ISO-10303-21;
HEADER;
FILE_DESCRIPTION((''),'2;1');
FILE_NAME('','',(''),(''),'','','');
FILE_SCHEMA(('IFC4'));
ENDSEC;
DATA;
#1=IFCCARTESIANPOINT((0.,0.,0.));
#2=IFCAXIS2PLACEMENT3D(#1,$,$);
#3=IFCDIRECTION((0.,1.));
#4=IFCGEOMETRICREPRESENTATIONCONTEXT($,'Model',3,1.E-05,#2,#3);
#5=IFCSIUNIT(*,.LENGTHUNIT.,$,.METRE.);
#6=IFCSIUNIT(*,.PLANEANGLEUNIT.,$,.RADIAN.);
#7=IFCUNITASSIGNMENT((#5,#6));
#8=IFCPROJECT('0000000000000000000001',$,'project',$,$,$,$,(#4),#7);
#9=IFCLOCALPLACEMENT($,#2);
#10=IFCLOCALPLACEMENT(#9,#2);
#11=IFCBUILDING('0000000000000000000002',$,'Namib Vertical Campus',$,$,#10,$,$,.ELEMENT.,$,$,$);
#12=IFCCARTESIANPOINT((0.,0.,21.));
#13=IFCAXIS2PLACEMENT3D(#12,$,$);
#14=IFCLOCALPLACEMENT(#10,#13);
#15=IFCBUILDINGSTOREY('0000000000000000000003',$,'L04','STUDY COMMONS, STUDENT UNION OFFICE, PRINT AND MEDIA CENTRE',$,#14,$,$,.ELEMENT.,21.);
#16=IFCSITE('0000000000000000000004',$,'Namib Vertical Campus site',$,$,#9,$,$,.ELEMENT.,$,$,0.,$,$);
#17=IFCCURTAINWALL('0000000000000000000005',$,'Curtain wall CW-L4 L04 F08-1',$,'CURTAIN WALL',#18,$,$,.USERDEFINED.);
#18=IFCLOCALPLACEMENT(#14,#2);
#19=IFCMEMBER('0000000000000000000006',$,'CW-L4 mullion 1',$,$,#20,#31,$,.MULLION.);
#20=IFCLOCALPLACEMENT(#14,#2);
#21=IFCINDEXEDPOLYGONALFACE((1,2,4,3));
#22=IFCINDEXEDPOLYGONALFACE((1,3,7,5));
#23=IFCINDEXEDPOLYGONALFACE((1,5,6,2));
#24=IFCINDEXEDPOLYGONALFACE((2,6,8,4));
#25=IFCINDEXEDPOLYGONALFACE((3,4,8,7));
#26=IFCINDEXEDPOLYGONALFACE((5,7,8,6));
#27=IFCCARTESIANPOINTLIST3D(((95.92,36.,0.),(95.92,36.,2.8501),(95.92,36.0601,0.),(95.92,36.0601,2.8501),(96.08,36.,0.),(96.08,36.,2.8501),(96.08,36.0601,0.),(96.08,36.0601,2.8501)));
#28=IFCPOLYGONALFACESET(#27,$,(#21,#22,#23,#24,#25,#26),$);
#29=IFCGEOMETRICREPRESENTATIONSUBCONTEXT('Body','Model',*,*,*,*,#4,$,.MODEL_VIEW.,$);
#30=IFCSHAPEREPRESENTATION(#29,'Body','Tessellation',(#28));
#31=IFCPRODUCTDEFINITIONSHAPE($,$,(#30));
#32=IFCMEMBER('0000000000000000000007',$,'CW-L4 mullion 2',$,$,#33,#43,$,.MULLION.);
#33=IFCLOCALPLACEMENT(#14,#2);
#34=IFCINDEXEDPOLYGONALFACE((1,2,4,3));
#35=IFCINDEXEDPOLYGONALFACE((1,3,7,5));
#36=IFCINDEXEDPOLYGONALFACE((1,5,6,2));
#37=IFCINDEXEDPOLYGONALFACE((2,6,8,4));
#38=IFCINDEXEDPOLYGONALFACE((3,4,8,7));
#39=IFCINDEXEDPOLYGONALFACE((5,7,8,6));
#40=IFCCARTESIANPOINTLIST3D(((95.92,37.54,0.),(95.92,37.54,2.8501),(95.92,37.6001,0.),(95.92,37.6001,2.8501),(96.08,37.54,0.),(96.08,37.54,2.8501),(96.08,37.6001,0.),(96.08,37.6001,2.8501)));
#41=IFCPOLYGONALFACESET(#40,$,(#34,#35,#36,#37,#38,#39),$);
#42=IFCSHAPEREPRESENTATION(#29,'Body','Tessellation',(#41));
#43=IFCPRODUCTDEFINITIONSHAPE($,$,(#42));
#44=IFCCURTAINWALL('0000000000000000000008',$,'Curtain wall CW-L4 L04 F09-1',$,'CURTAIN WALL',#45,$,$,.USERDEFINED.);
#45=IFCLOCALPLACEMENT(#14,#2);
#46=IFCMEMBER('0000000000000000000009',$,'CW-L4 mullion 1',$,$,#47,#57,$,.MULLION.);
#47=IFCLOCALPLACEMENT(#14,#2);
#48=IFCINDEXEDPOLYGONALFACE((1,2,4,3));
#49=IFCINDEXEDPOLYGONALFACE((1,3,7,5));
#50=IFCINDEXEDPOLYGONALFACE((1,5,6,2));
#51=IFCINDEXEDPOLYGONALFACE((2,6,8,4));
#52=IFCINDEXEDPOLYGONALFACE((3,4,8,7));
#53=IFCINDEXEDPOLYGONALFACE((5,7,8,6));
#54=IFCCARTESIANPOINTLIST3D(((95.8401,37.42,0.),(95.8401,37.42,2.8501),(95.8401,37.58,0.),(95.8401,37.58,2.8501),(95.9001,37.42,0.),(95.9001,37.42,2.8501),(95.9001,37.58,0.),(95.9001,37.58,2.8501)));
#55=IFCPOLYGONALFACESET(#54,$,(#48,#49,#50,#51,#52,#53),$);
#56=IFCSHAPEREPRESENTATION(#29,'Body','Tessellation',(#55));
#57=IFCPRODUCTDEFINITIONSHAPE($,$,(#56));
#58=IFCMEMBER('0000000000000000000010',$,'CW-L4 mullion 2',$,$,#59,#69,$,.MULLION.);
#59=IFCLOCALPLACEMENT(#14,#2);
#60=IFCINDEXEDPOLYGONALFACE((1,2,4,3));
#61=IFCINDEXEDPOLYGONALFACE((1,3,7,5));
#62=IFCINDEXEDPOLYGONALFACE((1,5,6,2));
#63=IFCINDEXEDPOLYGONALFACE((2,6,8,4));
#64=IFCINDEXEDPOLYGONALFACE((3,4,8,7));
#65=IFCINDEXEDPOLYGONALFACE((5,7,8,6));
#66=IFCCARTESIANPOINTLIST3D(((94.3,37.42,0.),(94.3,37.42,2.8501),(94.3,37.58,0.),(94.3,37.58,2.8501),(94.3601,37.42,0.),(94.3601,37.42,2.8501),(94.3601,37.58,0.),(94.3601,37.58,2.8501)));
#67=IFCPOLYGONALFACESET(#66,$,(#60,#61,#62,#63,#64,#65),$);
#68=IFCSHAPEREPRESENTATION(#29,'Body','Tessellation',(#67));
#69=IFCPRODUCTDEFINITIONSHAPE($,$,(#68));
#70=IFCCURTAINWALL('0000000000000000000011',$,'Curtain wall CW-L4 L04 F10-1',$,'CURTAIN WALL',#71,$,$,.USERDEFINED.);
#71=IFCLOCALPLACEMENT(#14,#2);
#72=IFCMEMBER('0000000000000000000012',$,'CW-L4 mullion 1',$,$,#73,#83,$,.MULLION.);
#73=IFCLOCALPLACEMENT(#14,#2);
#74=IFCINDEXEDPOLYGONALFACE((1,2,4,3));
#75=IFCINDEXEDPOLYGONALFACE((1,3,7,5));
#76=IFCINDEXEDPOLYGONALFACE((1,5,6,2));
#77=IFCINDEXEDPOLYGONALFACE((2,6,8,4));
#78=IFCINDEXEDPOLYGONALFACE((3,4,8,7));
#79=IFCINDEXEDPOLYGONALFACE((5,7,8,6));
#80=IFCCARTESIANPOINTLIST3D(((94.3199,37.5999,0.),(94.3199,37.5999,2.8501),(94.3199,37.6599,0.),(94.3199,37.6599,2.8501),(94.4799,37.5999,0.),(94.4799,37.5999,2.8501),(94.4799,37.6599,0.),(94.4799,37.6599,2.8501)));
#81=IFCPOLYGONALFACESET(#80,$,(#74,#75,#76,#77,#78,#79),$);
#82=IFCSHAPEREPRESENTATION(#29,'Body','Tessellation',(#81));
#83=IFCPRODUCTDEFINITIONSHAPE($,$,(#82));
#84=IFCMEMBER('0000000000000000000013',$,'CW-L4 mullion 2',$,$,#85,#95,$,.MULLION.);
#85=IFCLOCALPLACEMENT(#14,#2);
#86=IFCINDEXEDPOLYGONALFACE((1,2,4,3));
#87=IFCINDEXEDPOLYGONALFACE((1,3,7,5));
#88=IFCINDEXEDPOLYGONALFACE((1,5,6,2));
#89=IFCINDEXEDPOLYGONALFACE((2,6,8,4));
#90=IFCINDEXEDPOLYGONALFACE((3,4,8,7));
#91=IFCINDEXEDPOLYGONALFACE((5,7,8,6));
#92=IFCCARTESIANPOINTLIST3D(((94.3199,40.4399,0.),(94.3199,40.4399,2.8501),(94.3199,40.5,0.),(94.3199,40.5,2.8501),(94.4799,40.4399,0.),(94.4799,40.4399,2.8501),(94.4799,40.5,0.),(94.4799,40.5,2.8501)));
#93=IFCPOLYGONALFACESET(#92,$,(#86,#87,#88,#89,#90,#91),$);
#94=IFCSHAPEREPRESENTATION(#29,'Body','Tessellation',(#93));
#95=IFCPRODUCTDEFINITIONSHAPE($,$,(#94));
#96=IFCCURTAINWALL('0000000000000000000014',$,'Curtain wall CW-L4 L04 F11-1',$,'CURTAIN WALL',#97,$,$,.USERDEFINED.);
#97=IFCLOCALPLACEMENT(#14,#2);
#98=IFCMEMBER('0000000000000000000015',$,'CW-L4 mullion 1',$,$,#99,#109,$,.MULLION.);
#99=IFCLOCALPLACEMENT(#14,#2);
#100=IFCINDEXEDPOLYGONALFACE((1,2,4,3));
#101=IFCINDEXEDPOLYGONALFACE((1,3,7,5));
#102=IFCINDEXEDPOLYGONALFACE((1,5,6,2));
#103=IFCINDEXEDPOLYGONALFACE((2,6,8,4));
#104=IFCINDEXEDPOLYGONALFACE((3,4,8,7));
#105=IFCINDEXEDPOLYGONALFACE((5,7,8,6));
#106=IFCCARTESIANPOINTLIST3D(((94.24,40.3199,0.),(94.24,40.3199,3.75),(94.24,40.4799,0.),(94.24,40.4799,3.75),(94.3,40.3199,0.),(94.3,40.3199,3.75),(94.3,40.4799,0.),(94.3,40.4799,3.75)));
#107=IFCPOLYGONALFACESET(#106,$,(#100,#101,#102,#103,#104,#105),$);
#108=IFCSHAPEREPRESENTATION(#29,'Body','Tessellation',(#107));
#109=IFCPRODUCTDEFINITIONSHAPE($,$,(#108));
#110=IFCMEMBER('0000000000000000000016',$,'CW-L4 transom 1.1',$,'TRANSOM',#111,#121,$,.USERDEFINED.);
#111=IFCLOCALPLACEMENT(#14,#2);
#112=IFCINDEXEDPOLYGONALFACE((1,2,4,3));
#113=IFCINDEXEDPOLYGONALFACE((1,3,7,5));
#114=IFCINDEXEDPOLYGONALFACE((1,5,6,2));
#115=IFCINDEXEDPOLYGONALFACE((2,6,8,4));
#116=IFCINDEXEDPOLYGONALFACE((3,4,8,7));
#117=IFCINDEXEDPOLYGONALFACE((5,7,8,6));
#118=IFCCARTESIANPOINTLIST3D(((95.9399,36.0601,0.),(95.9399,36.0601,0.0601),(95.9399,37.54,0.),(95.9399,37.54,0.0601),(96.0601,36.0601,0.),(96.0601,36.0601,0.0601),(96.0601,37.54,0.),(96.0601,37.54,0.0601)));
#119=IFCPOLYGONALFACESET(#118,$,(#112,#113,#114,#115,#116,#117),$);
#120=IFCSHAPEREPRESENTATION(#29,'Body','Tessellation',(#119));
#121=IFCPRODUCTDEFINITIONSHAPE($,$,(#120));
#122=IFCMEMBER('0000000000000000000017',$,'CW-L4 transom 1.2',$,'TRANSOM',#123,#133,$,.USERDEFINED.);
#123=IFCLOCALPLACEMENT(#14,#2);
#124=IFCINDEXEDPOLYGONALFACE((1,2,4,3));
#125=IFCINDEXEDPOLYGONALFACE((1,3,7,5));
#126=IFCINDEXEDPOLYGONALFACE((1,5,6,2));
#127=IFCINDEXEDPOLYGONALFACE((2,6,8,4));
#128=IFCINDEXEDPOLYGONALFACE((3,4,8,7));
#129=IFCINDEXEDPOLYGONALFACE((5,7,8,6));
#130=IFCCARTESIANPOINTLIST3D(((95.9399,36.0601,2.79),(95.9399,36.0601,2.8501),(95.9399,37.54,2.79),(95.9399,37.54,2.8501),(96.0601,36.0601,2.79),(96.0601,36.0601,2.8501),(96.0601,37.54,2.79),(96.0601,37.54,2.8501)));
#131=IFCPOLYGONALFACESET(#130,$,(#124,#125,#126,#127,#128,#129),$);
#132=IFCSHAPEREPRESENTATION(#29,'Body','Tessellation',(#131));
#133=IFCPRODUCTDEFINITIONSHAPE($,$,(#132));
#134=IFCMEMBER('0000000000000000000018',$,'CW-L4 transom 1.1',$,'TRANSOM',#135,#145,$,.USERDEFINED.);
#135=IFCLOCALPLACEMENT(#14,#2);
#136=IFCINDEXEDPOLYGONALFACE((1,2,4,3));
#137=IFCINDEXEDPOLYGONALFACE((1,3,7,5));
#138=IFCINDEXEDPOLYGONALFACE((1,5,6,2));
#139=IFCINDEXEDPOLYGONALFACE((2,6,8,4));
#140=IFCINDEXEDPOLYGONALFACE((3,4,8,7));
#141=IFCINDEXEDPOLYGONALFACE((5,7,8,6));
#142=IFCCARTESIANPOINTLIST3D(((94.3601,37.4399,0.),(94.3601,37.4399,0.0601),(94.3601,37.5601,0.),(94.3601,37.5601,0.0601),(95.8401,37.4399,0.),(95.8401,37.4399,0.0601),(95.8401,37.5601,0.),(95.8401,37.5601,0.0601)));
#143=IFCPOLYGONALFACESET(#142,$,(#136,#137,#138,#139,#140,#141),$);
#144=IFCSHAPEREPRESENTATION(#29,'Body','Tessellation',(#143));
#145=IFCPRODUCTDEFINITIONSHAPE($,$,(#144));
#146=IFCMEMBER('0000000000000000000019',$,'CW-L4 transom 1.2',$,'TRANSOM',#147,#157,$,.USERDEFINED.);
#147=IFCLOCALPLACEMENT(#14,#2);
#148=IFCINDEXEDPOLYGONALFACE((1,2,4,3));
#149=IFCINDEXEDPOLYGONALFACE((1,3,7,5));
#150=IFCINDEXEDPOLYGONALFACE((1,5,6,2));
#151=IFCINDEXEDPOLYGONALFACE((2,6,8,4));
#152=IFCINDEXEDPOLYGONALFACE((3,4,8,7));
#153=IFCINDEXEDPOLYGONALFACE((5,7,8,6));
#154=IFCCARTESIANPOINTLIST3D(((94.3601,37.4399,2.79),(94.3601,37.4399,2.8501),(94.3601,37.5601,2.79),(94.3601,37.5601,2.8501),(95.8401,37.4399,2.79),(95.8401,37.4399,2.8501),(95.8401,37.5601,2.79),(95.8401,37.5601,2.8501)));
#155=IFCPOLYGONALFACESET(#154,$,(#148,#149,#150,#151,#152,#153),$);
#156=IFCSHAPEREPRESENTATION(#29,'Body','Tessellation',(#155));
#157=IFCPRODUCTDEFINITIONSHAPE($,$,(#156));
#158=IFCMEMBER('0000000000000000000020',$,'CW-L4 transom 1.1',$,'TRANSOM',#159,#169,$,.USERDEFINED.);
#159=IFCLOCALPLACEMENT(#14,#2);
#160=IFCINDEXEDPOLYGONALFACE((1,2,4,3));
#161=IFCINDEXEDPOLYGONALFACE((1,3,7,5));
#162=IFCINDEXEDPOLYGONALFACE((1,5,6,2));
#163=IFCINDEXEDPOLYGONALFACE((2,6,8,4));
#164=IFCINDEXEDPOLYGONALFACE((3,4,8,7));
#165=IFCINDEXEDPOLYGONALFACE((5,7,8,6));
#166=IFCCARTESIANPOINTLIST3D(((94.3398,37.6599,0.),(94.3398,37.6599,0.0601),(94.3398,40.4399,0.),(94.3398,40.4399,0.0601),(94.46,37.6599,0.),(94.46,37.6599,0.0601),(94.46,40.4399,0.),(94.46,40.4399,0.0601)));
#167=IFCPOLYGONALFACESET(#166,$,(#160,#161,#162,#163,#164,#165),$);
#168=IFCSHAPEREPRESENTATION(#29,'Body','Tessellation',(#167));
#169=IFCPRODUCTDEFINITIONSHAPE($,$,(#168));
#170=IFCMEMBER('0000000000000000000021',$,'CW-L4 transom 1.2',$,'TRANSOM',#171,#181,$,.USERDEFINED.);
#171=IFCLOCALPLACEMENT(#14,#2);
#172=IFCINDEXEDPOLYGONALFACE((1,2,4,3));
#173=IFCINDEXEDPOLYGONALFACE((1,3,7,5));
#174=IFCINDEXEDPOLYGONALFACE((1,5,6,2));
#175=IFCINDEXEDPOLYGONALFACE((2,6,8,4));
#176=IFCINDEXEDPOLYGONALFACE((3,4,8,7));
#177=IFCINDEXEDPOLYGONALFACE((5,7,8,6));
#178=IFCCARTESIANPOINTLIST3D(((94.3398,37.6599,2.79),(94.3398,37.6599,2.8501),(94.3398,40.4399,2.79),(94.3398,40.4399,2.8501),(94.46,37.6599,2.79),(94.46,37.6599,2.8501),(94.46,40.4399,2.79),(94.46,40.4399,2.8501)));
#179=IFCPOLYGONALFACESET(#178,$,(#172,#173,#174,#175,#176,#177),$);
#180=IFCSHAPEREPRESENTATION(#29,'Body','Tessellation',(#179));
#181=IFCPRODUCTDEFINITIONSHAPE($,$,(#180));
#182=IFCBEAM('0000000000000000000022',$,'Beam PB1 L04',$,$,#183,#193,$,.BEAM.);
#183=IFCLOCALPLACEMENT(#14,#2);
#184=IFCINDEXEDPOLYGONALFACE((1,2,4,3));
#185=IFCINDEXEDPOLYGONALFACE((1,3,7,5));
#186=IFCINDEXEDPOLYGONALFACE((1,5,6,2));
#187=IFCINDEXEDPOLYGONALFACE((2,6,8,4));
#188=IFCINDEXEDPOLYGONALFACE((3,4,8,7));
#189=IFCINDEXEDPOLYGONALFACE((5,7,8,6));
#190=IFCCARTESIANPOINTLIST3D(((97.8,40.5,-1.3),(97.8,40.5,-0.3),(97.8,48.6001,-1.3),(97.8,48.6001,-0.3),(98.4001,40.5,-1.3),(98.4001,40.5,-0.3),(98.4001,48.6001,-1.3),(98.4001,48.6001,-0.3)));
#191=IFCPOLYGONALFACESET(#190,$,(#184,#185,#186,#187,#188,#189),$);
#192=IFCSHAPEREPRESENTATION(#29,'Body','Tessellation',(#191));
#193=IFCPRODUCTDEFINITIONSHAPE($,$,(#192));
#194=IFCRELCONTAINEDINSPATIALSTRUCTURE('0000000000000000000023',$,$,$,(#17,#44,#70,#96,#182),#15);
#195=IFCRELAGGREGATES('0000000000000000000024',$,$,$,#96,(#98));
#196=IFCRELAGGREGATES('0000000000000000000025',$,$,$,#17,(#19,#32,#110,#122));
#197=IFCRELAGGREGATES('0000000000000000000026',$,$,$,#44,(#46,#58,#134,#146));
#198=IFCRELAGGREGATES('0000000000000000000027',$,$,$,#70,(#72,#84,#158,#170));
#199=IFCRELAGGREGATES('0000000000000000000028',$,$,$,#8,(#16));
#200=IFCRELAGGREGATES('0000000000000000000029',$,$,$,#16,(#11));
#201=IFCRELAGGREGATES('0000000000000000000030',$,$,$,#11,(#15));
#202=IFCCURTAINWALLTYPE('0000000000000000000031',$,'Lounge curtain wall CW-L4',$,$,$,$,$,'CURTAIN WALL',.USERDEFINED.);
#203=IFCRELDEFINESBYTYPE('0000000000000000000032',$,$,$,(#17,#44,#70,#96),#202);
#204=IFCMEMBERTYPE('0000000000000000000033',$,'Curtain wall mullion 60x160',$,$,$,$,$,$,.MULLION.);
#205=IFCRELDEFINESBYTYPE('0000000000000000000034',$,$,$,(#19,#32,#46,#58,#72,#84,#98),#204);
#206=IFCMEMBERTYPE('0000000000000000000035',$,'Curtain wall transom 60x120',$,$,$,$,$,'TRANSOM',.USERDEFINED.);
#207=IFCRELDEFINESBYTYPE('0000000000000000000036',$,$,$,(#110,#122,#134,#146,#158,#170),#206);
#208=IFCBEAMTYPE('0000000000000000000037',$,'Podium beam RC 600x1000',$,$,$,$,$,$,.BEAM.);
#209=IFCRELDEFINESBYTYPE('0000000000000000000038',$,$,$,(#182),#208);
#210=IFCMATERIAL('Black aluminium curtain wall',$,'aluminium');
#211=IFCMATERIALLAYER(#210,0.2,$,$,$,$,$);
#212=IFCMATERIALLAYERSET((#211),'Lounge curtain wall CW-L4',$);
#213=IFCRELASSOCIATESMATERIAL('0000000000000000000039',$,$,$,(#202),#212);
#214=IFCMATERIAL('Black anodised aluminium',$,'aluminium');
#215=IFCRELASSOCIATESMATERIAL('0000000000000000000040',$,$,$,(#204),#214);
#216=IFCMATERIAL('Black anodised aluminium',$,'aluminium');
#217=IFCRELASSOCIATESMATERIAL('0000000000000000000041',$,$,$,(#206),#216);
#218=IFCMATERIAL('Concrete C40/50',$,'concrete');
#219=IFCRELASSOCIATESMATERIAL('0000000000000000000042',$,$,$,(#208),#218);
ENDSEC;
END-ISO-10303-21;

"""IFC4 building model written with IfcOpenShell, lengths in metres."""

from ifc_helpers import new_model, si_unit, direction, frame, origin, origin_2d, place, context, subcontext, project, spatial, rectangle, extrude, material, layer, layer_set, material_profile, profile_set, type_object, element, aggregate, save


model = new_model("IFC4")

# Units and contexts
model_context = context("Model", 3, precision=1e-05, world=origin(), true_north=direction((0.0, 1.0)))
body_context = subcontext(model_context, "Body", "Model", "MODEL_VIEW")
ifc_project = project(units=[si_unit("LENGTHUNIT", "METRE"), si_unit("PLANEANGLEUNIT", "RADIAN")], contexts=[model_context])

# Site, building, storey
site_placement = place(None, origin())
site = spatial("IfcSite", under=ifc_project, at=site_placement, Name="Namib Vertical Campus site", CompositionType="ELEMENT", RefElevation=0.0)
building_placement = place(site_placement, origin())
building = spatial("IfcBuilding", under=site, at=building_placement, Name="Namib Vertical Campus", CompositionType="ELEMENT")
storey_placement = place(building_placement, frame((0.0, 0.0, 21.0)))
storey = spatial("IfcBuildingStorey", under=building, at=storey_placement, Name="L04", Description="STUDY COMMONS, STUDENT UNION OFFICE, PRINT AND MEDIA CENTRE", CompositionType="ELEMENT", Elevation=21.0)

# Curtain walls, members
ifc_material_1 = material(Name="Black aluminium curtain wall", Category="aluminium")
ifc_layer_1 = layer(ifc_material_1, 0.2)
ifc_layer_set_1 = layer_set([ifc_layer_1], Name="Lounge curtain wall CW-L4")
curtain_wall_type = type_object("IfcCurtainWallType", Name="Lounge curtain wall CW-L4", ElementType="CURTAIN WALL", PredefinedType="USERDEFINED", material=ifc_layer_set_1)
curtain_wall_1_placement = place(storey_placement, origin())
curtain_wall_1 = element("IfcCurtainWall", 1, at=curtain_wall_1_placement, inside=storey, type_object=curtain_wall_type, Name="Curtain wall CW-L4 L04 F08-1", ObjectType="CURTAIN WALL", PredefinedType="USERDEFINED")
ifc_material_2 = material(Name="Black anodised aluminium", Category="aluminium")
ifc_material_profile_1 = material_profile(ifc_material_2, rectangle(XDim=0.0601, YDim=0.1599, at=origin_2d()))
ifc_profile_set_1 = profile_set([ifc_material_profile_1], Name="Black anodised aluminium")
member_type_1 = type_object("IfcMemberType", Name="Curtain wall mullion 60x160", PredefinedType="MULLION", material=ifc_profile_set_1)
member_1_placement = place(storey_placement, frame((96.0, 36.03, 0.0), z_axis=(0.0, 0.0, 1.0), x_axis=(0.0, 1.0, 0.0)))
member_1 = element("IfcMember", 2, at=member_1_placement, type_object=member_type_1, Name="CW-L4 mullion 1", PredefinedType="MULLION", context=body_context, shape_type="SweptSolid", body=[
    extrude(rectangle(XDim=0.0601, YDim=0.1599, at=origin_2d()), origin(), (0.0, 0.0, 1.0), 2.8501),
])
member_2_placement = place(storey_placement, frame((96.0, 37.5701, 0.0), z_axis=(0.0, 0.0, 1.0), x_axis=(0.0, 1.0, 0.0)))
member_2 = element("IfcMember", 3, at=member_2_placement, type_object=member_type_1, Name="CW-L4 mullion 2", PredefinedType="MULLION", context=body_context, shape_type="SweptSolid", body=[
    extrude(rectangle(XDim=0.0601, YDim=0.1599, at=origin_2d()), origin(), (0.0, 0.0, 1.0), 2.8501),
])
curtain_wall_2_placement = place(storey_placement, origin())
curtain_wall_2 = element("IfcCurtainWall", 4, at=curtain_wall_2_placement, inside=storey, type_object=curtain_wall_type, Name="Curtain wall CW-L4 L04 F09-1", ObjectType="CURTAIN WALL", PredefinedType="USERDEFINED")
member_3_placement = place(storey_placement, frame((95.8701, 37.5, 0.0), z_axis=(0.0, 0.0, 1.0), x_axis=(-1.0, 0.0, 0.0)))
member_3 = element("IfcMember", 5, at=member_3_placement, type_object=member_type_1, Name="CW-L4 mullion 1", PredefinedType="MULLION", context=body_context, shape_type="SweptSolid", body=[
    extrude(rectangle(XDim=0.0601, YDim=0.1599, at=origin_2d()), origin(), (0.0, 0.0, 1.0), 2.8501),
])
member_4_placement = place(storey_placement, frame((94.3301, 37.5, 0.0), z_axis=(0.0, 0.0, 1.0), x_axis=(-1.0, 0.0, 0.0)))
member_4 = element("IfcMember", 6, at=member_4_placement, type_object=member_type_1, Name="CW-L4 mullion 2", PredefinedType="MULLION", context=body_context, shape_type="SweptSolid", body=[
    extrude(rectangle(XDim=0.0601, YDim=0.1599, at=origin_2d()), origin(), (0.0, 0.0, 1.0), 2.8501),
])
curtain_wall_3_placement = place(storey_placement, origin())
curtain_wall_3 = element("IfcCurtainWall", 7, at=curtain_wall_3_placement, inside=storey, type_object=curtain_wall_type, Name="Curtain wall CW-L4 L04 F10-1", ObjectType="CURTAIN WALL", PredefinedType="USERDEFINED")
member_5_placement = place(storey_placement, frame((94.3999, 37.6299, 0.0), z_axis=(0.0, 0.0, 1.0), x_axis=(0.0, 1.0, 0.0)))
member_5 = element("IfcMember", 8, at=member_5_placement, type_object=member_type_1, Name="CW-L4 mullion 1", PredefinedType="MULLION", context=body_context, shape_type="SweptSolid", body=[
    extrude(rectangle(XDim=0.0601, YDim=0.1599, at=origin_2d()), origin(), (0.0, 0.0, 1.0), 2.8501),
])
member_6_placement = place(storey_placement, frame((94.3999, 40.47, 0.0), z_axis=(0.0, 0.0, 1.0), x_axis=(0.0, 1.0, 0.0)))
member_6 = element("IfcMember", 9, at=member_6_placement, type_object=member_type_1, Name="CW-L4 mullion 2", PredefinedType="MULLION", context=body_context, shape_type="SweptSolid", body=[
    extrude(rectangle(XDim=0.0601, YDim=0.1599, at=origin_2d()), origin(), (0.0, 0.0, 1.0), 2.8501),
])

# Curtain wall, member
curtain_wall_4_placement = place(storey_placement, origin())
curtain_wall_4 = element("IfcCurtainWall", 10, at=curtain_wall_4_placement, inside=storey, type_object=curtain_wall_type, Name="Curtain wall CW-L4 L04 F11-1", ObjectType="CURTAIN WALL", PredefinedType="USERDEFINED")
member_7_placement = place(storey_placement, frame((94.27, 40.3999, 0.0), z_axis=(0.0, 0.0, 1.0), x_axis=(-1.0, 0.0, 0.0)))
member_7 = element("IfcMember", 11, at=member_7_placement, type_object=member_type_1, Name="CW-L4 mullion 1", PredefinedType="MULLION", context=body_context, shape_type="SweptSolid", body=[
    extrude(rectangle(XDim=0.0601, YDim=0.1599, at=origin_2d()), origin(), (0.0, 0.0, 1.0), 3.75),
])
aggregate(curtain_wall_4, [member_7])

# Members
ifc_material_3 = material(Name="Black anodised aluminium", Category="aluminium")
ifc_material_profile_2 = material_profile(ifc_material_3, rectangle(XDim=0.0601, YDim=0.1201, at=origin_2d()))
ifc_profile_set_2 = profile_set([ifc_material_profile_2], Name="Black anodised aluminium")
member_type_2 = type_object("IfcMemberType", Name="Curtain wall transom 60x120", ElementType="TRANSOM", PredefinedType="USERDEFINED", material=ifc_profile_set_2)
member_8_placement = place(storey_placement, frame((96.0, 36.0601, 0.03), z_axis=(0.0, 1.0, 0.0), x_axis=(0.0, 0.0, 1.0)))
member_8 = element("IfcMember", 12, at=member_8_placement, type_object=member_type_2, Name="CW-L4 transom 1.1", ObjectType="TRANSOM", PredefinedType="USERDEFINED", context=body_context, shape_type="SweptSolid", body=[
    extrude(rectangle(XDim=0.0601, YDim=0.1201, at=origin_2d()), origin(), (0.0, 0.0, 1.0), 1.48),
])
member_9_placement = place(storey_placement, frame((96.0, 36.0601, 2.8201), z_axis=(0.0, 1.0, 0.0), x_axis=(0.0, 0.0, 1.0)))
member_9 = element("IfcMember", 13, at=member_9_placement, type_object=member_type_2, Name="CW-L4 transom 1.2", ObjectType="TRANSOM", PredefinedType="USERDEFINED", context=body_context, shape_type="SweptSolid", body=[
    extrude(rectangle(XDim=0.0601, YDim=0.1201, at=origin_2d()), origin(), (0.0, 0.0, 1.0), 1.48),
])
member_10_placement = place(storey_placement, frame((95.8401, 37.5, 0.03), z_axis=(-1.0, 0.0, 0.0), x_axis=(0.0, 0.0, 1.0)))
member_10 = element("IfcMember", 14, at=member_10_placement, type_object=member_type_2, Name="CW-L4 transom 1.1", ObjectType="TRANSOM", PredefinedType="USERDEFINED", context=body_context, shape_type="SweptSolid", body=[
    extrude(rectangle(XDim=0.0601, YDim=0.1201, at=origin_2d()), origin(), (0.0, 0.0, 1.0), 1.48),
])
member_11_placement = place(storey_placement, frame((95.8401, 37.5, 2.8201), z_axis=(-1.0, 0.0, 0.0), x_axis=(0.0, 0.0, 1.0)))
member_11 = element("IfcMember", 15, at=member_11_placement, type_object=member_type_2, Name="CW-L4 transom 1.2", ObjectType="TRANSOM", PredefinedType="USERDEFINED", context=body_context, shape_type="SweptSolid", body=[
    extrude(rectangle(XDim=0.0601, YDim=0.1201, at=origin_2d()), origin(), (0.0, 0.0, 1.0), 1.48),
])
member_12_placement = place(storey_placement, frame((94.3999, 37.6599, 0.03), z_axis=(0.0, 1.0, 0.0), x_axis=(0.0, 0.0, 1.0)))
member_12 = element("IfcMember", 16, at=member_12_placement, type_object=member_type_2, Name="CW-L4 transom 1.1", ObjectType="TRANSOM", PredefinedType="USERDEFINED", context=body_context, shape_type="SweptSolid", body=[
    extrude(rectangle(XDim=0.0601, YDim=0.1201, at=origin_2d()), origin(), (0.0, 0.0, 1.0), 2.78),
])
member_13_placement = place(storey_placement, frame((94.3999, 37.6599, 2.8201), z_axis=(0.0, 1.0, 0.0), x_axis=(0.0, 0.0, 1.0)))
member_13 = element("IfcMember", 17, at=member_13_placement, type_object=member_type_2, Name="CW-L4 transom 1.2", ObjectType="TRANSOM", PredefinedType="USERDEFINED", context=body_context, shape_type="SweptSolid", body=[
    extrude(rectangle(XDim=0.0601, YDim=0.1201, at=origin_2d()), origin(), (0.0, 0.0, 1.0), 2.78),
])

# Beam
ifc_material_4 = material(Name="Concrete C40/50", Category="concrete")
ifc_material_profile_3 = material_profile(ifc_material_4, rectangle(XDim=0.6001, YDim=1.0, at=origin_2d()))
ifc_profile_set_3 = profile_set([ifc_material_profile_3], Name="Concrete C40/50")
beam_type_1 = type_object("IfcBeamType", Name="Podium beam RC 600x1000", PredefinedType="BEAM", material=ifc_profile_set_3)
beam_1_placement = place(storey_placement, frame((98.1001, 40.5, -0.8), z_axis=(0.0, 1.0, 0.0), x_axis=(-1.0, 0.0, 0.0)))
element("IfcBeam", 18, at=beam_1_placement, inside=storey, type_object=beam_type_1, Name="Beam PB1 L04", PredefinedType="BEAM", context=body_context, shape_type="SweptSolid", body=[
    extrude(rectangle(XDim=0.6001, YDim=1.0, at=origin_2d()), origin(), (0.0, 0.0, 1.0), 8.1001),
])

aggregate(curtain_wall_1, [member_1, member_2, member_8, member_9])
aggregate(curtain_wall_2, [member_3, member_4, member_10, member_11])
aggregate(curtain_wall_3, [member_5, member_6, member_12, member_13])

save(model, "model.ifc")
